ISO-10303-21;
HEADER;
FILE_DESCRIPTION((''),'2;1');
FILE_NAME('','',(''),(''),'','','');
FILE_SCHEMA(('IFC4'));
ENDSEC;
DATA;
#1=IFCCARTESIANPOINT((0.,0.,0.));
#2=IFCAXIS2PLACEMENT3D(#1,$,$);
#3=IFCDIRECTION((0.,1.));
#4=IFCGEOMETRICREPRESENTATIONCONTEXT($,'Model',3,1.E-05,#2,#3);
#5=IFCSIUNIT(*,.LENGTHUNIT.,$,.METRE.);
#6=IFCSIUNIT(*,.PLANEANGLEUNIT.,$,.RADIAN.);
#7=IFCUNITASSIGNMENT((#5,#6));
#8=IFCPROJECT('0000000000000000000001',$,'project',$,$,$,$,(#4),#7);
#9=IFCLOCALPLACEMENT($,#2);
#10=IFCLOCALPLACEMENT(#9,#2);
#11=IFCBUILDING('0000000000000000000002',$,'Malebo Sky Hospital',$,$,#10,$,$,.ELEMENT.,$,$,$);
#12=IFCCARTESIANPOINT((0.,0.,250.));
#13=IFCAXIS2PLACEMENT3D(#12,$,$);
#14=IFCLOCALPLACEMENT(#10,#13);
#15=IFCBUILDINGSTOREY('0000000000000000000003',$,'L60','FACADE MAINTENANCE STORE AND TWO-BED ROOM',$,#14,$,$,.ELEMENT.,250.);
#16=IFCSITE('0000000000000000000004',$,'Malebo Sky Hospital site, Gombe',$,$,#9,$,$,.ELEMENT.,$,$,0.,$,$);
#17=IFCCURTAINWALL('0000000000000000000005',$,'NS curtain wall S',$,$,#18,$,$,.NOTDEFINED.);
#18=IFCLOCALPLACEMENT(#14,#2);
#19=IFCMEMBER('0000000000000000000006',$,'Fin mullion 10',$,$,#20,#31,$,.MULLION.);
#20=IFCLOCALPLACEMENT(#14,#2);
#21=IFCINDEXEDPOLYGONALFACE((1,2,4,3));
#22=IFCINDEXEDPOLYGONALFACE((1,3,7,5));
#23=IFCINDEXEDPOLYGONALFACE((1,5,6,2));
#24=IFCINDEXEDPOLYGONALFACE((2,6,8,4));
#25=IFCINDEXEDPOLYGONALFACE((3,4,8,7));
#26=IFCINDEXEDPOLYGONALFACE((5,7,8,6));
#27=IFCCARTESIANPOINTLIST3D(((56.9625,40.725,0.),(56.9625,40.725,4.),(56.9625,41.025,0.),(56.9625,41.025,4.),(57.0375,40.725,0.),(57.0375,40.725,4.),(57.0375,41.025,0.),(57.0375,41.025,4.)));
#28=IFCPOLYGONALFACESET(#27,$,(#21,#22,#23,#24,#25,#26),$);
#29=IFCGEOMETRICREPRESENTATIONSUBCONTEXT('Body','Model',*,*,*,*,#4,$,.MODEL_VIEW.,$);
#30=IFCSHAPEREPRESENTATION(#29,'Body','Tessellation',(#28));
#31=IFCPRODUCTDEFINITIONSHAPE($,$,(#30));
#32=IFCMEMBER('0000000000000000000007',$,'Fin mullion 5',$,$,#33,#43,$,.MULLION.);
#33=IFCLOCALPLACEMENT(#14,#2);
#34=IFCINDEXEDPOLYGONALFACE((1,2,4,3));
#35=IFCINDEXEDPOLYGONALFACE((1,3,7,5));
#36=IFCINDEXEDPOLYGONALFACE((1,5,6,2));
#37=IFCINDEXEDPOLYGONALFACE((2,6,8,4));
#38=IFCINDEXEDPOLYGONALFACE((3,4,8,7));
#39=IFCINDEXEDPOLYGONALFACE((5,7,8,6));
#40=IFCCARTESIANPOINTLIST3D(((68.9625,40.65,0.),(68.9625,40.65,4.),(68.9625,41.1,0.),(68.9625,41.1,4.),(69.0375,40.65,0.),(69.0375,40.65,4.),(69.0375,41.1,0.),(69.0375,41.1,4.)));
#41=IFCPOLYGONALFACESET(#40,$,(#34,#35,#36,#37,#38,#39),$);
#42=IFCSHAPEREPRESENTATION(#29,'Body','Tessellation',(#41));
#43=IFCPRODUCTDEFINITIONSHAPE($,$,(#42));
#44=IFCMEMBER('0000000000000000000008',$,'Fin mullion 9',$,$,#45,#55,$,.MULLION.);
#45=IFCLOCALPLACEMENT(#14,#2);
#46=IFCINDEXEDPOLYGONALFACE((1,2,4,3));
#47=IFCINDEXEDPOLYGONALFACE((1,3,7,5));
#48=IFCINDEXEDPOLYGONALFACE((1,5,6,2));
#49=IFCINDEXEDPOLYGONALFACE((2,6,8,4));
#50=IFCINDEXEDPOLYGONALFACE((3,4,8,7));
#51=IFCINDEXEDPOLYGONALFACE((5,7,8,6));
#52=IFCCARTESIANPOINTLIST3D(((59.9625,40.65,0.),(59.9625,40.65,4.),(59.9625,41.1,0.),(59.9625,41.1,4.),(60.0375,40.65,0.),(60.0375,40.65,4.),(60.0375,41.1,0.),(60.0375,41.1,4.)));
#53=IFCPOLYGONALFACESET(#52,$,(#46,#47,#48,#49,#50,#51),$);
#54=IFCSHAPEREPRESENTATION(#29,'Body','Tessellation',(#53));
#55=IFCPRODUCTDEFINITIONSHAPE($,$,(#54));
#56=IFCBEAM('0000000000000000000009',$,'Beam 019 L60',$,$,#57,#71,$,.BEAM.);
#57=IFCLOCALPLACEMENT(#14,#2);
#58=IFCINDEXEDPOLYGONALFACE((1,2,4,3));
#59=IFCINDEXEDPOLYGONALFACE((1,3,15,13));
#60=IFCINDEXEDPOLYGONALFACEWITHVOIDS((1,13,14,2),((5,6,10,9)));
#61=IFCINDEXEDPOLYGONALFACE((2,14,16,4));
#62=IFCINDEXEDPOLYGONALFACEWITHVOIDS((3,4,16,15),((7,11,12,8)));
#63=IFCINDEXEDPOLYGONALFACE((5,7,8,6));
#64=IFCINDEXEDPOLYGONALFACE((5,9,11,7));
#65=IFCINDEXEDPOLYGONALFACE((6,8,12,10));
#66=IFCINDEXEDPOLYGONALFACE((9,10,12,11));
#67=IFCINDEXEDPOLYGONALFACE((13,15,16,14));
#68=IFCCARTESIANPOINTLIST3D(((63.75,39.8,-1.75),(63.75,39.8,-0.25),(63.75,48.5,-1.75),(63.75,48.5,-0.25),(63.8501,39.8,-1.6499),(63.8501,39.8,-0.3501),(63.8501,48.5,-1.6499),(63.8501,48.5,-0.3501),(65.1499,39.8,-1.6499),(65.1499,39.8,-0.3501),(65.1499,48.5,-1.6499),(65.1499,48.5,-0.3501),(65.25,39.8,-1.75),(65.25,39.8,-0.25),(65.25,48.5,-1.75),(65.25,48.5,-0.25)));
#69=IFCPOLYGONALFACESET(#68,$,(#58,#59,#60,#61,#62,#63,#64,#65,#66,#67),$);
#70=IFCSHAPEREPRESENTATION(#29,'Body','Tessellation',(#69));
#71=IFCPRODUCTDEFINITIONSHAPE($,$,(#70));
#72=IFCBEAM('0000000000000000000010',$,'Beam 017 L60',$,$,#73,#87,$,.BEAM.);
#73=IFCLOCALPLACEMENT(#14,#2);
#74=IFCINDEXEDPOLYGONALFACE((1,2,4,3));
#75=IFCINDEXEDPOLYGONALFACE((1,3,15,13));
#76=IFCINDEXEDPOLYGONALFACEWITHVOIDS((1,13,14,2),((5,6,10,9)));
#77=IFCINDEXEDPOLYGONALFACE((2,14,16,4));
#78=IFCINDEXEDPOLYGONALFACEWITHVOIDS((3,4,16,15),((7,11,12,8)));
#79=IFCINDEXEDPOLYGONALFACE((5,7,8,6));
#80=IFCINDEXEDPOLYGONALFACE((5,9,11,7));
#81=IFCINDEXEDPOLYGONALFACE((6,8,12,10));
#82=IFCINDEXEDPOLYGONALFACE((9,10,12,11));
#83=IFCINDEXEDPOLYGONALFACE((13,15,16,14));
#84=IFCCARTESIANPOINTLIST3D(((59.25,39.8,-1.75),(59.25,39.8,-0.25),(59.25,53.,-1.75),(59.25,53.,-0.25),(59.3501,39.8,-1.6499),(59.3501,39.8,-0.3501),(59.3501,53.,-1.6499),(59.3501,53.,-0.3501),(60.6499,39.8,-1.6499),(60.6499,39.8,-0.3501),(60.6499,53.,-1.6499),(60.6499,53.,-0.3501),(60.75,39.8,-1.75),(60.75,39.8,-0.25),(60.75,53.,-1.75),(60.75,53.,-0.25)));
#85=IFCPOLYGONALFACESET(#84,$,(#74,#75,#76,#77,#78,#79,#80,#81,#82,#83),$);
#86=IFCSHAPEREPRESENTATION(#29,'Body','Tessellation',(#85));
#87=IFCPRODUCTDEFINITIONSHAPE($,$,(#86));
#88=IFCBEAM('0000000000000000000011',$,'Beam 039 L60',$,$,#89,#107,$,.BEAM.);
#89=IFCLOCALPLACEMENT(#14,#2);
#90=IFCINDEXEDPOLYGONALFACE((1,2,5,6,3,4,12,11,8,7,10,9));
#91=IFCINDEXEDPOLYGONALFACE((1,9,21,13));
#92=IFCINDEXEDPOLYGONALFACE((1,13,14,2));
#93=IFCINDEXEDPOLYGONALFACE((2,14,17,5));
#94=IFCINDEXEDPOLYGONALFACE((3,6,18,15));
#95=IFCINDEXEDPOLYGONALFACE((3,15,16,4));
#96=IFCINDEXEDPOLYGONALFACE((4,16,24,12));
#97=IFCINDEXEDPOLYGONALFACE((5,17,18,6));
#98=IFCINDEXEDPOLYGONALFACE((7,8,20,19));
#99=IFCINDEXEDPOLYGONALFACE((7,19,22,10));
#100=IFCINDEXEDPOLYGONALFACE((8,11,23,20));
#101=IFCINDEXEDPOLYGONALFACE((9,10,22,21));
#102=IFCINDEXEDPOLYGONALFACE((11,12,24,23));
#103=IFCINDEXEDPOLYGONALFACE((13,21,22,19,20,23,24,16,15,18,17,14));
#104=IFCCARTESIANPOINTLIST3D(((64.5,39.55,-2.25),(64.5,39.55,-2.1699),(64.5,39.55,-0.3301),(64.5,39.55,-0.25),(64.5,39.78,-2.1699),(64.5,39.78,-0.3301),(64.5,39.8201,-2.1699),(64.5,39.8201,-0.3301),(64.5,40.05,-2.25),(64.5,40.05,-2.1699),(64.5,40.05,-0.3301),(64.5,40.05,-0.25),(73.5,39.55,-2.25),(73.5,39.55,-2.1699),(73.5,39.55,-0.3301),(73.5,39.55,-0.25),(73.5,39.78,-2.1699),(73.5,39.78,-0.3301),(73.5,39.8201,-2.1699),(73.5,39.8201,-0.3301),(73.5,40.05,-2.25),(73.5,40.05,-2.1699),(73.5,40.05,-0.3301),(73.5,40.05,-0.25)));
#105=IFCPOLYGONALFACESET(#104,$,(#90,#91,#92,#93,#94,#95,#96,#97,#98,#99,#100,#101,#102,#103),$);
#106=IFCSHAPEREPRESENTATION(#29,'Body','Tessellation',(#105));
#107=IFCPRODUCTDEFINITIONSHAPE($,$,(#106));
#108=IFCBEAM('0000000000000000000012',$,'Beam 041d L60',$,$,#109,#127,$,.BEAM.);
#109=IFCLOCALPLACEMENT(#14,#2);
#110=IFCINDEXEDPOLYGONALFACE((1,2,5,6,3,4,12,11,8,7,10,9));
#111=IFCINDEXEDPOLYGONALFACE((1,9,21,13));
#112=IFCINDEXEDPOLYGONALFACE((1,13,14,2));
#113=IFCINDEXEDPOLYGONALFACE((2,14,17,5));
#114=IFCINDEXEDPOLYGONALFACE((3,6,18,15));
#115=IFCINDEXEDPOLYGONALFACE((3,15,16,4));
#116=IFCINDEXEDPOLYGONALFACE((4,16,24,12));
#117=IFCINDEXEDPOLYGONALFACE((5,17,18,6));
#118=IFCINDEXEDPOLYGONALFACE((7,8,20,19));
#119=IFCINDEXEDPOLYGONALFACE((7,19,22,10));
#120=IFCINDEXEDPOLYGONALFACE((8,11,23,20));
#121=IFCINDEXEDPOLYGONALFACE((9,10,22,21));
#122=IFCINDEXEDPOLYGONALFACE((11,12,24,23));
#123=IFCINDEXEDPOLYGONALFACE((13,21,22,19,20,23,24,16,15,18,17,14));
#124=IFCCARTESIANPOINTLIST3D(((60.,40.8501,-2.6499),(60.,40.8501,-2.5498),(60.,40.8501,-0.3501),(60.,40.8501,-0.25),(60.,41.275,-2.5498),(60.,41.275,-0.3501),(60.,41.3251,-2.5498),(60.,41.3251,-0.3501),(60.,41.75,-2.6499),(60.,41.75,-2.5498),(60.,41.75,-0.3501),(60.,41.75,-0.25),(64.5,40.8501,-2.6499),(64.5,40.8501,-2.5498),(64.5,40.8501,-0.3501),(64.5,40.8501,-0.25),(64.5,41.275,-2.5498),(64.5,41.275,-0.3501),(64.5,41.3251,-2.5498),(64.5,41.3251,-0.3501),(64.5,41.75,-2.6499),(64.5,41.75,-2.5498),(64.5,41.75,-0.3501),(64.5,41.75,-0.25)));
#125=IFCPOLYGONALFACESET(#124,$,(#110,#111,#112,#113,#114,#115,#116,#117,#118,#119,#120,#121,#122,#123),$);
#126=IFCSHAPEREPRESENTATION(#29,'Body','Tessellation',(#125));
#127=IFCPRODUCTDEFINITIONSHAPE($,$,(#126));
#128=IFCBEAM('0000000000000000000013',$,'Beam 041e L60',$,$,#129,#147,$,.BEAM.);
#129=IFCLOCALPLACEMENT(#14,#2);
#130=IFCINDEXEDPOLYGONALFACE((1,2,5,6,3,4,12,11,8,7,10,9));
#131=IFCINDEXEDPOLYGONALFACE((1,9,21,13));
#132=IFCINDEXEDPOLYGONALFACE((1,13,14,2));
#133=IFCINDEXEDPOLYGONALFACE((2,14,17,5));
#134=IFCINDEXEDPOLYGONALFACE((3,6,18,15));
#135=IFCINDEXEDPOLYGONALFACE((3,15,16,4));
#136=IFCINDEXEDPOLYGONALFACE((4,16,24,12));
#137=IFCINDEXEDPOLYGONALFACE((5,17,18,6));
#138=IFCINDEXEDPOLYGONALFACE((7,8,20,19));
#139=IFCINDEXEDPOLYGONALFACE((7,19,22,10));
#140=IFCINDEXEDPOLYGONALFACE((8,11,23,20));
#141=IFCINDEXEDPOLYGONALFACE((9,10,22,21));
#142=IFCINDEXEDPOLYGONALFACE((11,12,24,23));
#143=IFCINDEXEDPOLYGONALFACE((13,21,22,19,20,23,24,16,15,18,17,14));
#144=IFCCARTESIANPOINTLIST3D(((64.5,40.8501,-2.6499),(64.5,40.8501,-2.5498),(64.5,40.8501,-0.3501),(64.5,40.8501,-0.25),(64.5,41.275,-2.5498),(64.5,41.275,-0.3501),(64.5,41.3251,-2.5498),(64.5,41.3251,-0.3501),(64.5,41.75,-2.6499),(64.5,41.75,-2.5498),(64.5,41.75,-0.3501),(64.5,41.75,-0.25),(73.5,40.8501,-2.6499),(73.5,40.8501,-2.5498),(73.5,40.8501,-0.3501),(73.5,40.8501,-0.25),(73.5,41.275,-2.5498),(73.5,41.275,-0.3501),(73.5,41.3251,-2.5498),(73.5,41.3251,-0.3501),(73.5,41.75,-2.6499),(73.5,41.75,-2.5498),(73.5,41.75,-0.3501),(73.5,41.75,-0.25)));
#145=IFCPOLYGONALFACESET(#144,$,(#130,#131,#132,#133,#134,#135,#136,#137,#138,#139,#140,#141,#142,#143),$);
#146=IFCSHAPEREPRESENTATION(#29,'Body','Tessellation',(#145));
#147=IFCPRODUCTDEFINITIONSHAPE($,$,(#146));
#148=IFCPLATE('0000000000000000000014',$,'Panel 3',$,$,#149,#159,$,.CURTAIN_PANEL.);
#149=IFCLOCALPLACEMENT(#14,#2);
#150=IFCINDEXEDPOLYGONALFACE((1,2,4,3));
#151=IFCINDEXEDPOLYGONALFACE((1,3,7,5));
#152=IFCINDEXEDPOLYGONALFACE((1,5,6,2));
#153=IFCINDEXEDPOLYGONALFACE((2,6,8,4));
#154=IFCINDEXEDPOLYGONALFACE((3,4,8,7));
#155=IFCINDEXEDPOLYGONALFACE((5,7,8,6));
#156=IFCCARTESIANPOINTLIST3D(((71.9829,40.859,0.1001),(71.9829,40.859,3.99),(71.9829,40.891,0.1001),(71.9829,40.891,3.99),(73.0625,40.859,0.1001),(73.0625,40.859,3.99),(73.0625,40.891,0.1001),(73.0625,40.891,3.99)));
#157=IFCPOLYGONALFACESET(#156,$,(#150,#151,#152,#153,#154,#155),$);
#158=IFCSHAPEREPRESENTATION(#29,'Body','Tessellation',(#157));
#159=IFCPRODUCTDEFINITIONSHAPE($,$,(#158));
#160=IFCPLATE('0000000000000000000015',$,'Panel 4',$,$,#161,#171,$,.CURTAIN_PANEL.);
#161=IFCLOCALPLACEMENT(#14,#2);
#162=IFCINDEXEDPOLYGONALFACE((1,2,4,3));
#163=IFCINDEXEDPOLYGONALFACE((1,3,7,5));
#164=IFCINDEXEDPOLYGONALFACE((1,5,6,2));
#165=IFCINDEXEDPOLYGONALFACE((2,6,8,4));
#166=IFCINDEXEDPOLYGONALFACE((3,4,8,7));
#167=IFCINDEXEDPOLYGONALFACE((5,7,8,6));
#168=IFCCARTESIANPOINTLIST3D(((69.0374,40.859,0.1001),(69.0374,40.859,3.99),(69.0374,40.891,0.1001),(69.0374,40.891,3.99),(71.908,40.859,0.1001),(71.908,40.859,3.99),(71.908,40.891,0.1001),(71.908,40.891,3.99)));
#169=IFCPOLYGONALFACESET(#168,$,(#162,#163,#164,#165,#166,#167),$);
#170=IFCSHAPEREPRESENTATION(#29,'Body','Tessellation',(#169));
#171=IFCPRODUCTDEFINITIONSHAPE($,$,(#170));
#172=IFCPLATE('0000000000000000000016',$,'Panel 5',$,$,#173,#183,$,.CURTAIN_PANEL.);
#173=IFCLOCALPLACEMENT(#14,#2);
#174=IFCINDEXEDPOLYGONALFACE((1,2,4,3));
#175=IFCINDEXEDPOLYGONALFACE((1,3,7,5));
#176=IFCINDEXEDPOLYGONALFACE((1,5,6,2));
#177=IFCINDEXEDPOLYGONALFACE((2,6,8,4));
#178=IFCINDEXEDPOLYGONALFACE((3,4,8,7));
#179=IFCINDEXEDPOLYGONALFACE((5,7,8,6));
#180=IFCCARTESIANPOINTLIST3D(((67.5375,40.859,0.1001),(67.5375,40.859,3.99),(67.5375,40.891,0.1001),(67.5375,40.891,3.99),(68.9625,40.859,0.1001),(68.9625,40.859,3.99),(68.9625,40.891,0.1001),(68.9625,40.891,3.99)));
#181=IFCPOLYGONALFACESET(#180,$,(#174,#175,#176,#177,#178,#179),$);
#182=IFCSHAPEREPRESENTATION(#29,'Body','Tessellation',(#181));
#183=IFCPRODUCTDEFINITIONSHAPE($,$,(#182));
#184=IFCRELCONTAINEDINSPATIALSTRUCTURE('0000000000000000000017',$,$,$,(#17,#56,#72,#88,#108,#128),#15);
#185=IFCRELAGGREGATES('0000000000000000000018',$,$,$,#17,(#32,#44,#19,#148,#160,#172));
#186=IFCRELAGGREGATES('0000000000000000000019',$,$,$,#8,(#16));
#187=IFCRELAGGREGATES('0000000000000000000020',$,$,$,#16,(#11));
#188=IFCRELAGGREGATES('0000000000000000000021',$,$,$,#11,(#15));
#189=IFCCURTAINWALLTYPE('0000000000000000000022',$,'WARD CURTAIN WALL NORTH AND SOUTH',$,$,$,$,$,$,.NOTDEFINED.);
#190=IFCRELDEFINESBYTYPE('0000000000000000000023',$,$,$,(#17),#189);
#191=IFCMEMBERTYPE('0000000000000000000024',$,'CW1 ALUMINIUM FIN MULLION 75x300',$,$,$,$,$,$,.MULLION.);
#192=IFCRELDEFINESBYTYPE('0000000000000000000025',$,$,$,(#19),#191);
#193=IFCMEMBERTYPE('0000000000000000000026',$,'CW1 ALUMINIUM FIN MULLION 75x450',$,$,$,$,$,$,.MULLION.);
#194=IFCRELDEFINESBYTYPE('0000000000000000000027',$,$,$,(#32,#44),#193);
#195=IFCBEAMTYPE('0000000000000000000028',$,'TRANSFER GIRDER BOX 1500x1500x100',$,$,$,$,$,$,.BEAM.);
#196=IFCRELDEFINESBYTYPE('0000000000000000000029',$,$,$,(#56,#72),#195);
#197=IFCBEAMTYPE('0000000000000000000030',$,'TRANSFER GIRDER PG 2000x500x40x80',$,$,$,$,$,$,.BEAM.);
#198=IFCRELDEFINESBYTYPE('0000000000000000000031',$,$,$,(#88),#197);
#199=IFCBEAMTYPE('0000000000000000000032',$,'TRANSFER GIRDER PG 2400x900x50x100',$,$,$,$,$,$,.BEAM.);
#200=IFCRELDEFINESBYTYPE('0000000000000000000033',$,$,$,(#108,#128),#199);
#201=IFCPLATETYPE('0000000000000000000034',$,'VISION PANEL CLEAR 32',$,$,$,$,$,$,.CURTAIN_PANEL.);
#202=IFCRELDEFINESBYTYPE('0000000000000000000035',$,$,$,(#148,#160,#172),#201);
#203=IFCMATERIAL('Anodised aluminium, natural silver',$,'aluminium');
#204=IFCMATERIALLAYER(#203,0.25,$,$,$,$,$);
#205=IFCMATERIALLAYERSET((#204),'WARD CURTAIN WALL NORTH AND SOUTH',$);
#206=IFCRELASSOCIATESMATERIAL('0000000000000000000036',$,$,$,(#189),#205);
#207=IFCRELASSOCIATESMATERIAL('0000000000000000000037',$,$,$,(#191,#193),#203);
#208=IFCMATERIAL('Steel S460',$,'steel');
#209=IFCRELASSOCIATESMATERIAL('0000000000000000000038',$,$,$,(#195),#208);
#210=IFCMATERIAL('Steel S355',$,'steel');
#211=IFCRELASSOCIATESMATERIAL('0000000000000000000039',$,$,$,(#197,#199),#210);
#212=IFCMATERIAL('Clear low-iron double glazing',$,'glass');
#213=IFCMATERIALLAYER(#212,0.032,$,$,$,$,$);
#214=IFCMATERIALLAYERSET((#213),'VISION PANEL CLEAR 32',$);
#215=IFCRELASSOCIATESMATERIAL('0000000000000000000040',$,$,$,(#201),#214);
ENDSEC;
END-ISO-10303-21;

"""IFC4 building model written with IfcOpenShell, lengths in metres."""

from ifc_helpers import new_model, si_unit, direction, frame, origin, origin_2d, place, context, subcontext, project, spatial, rectangle, hollow_rectangle, i_section, extrude, material, layer, layer_set, material_profile, profile_set, type_object, element, aggregate, save


model = new_model("IFC4")

# Units and contexts
model_context = context("Model", 3, precision=1e-05, world=origin(), true_north=direction((0.0, 1.0)))
body_context = subcontext(model_context, "Body", "Model", "MODEL_VIEW")
ifc_project = project(units=[si_unit("LENGTHUNIT", "METRE"), si_unit("PLANEANGLEUNIT", "RADIAN")], contexts=[model_context])

# Site, building, storey
site_placement = place(None, origin())
site = spatial("IfcSite", under=ifc_project, at=site_placement, Name="Malebo Sky Hospital site, Gombe", CompositionType="ELEMENT", RefElevation=0.0)
building_placement = place(site_placement, origin())
building = spatial("IfcBuilding", under=site, at=building_placement, Name="Malebo Sky Hospital", CompositionType="ELEMENT")
storey_placement = place(building_placement, frame((0.0, 0.0, 250.0)))
storey = spatial("IfcBuildingStorey", under=building, at=storey_placement, Name="L60", Description="FACADE MAINTENANCE STORE AND TWO-BED ROOM", CompositionType="ELEMENT", Elevation=250.0)

# Shared definitions
ifc_material_1 = material(Name="Steel S460", Category="steel")

# Curtain wall, members
ifc_material_2 = material(Name="Anodised aluminium, natural silver", Category="aluminium")
ifc_layer_1 = layer(ifc_material_2, 0.25)
ifc_layer_set_1 = layer_set([ifc_layer_1], Name="WARD CURTAIN WALL NORTH AND SOUTH")
curtain_wall_type = type_object("IfcCurtainWallType", Name="WARD CURTAIN WALL NORTH AND SOUTH", PredefinedType="NOTDEFINED", material=ifc_layer_set_1)
curtain_wall_placement = place(storey_placement, origin())
curtain_wall = element("IfcCurtainWall", 1, at=curtain_wall_placement, inside=storey, type_object=curtain_wall_type, Name="NS curtain wall S", PredefinedType="NOTDEFINED")
ifc_material_profile_1 = material_profile(ifc_material_2, rectangle(XDim=0.075, YDim=0.3, at=origin_2d()), Name="CW1 ALUMINIUM FIN MULLION 75x300")
ifc_profile_set_1 = profile_set([ifc_material_profile_1], Name="Anodised aluminium, natural silver")
member_type_1 = type_object("IfcMemberType", Name="CW1 ALUMINIUM FIN MULLION 75x300", PredefinedType="MULLION", material=ifc_profile_set_1)
member_1_placement = place(storey_placement, frame((57.0, 40.875, 0.0), z_axis=(0.0, 0.0, 1.0), x_axis=(-1.0, 0.0, 0.0)))
member_1 = element("IfcMember", 2, at=member_1_placement, type_object=member_type_1, Name="Fin mullion 10", PredefinedType="MULLION", context=body_context, shape_type="SweptSolid", body=[
    extrude(rectangle(XDim=0.075, YDim=0.3, at=origin_2d()), origin(), (0.0, 0.0, 1.0), 4.0),
])
ifc_material_profile_2 = material_profile(ifc_material_2, rectangle(XDim=0.075, YDim=0.45, at=origin_2d()), Name="CW1 ALUMINIUM FIN MULLION 75x450")
ifc_profile_set_2 = profile_set([ifc_material_profile_2], Name="Anodised aluminium, natural silver")
member_type_2 = type_object("IfcMemberType", Name="CW1 ALUMINIUM FIN MULLION 75x450", PredefinedType="MULLION", material=ifc_profile_set_2)
member_2_placement = place(storey_placement, frame((69.0, 40.875, 0.0), z_axis=(0.0, 0.0, 1.0), x_axis=(-1.0, 0.0, 0.0)))
member_2 = element("IfcMember", 3, at=member_2_placement, type_object=member_type_2, Name="Fin mullion 5", PredefinedType="MULLION", context=body_context, shape_type="SweptSolid", body=[
    extrude(rectangle(XDim=0.075, YDim=0.45, at=origin_2d()), origin(), (0.0, 0.0, 1.0), 4.0),
])
member_3_placement = place(storey_placement, frame((60.0, 40.875, 0.0), z_axis=(0.0, 0.0, 1.0), x_axis=(-1.0, 0.0, 0.0)))
member_3 = element("IfcMember", 4, at=member_3_placement, type_object=member_type_2, Name="Fin mullion 9", PredefinedType="MULLION", context=body_context, shape_type="SweptSolid", body=[
    extrude(rectangle(XDim=0.075, YDim=0.45, at=origin_2d()), origin(), (0.0, 0.0, 1.0), 4.0),
])

# Beams
ifc_material_profile_3 = material_profile(ifc_material_1, hollow_rectangle(XDim=1.5, YDim=1.5, WallThickness=0.1001, at=origin_2d()), Name="BOX 1500x1500x100")
ifc_profile_set_3 = profile_set([ifc_material_profile_3], Name="Steel S460")
beam_type_1 = type_object("IfcBeamType", Name="TRANSFER GIRDER BOX 1500x1500x100", PredefinedType="BEAM", material=ifc_profile_set_3)
beam_1_placement = place(storey_placement, frame((64.5, 39.8, -1.0), z_axis=(0.0, 1.0, 0.0), x_axis=(-1.0, 0.0, 0.0)))
element("IfcBeam", 5, at=beam_1_placement, inside=storey, type_object=beam_type_1, Name="Beam 019 L60", PredefinedType="BEAM", context=body_context, shape_type="SweptSolid", body=[
    extrude(hollow_rectangle(XDim=1.5, YDim=1.5, WallThickness=0.1001, at=origin_2d()), origin(), (0.0, 0.0, 1.0), 8.7),
])
beam_2_placement = place(storey_placement, frame((60.0, 39.8, -1.0), z_axis=(0.0, 1.0, 0.0), x_axis=(-1.0, 0.0, 0.0)))
element("IfcBeam", 6, at=beam_2_placement, inside=storey, type_object=beam_type_1, Name="Beam 017 L60", PredefinedType="BEAM", context=body_context, shape_type="SweptSolid", body=[
    extrude(hollow_rectangle(XDim=1.5, YDim=1.5, WallThickness=0.1001, at=origin_2d()), origin(), (0.0, 0.0, 1.0), 13.2),
])
ifc_material_3 = material(Name="Steel S355", Category="steel")
ifc_material_profile_4 = material_profile(ifc_material_3, i_section(OverallWidth=0.5, OverallDepth=2.0, WebThickness=0.04, FlangeThickness=0.0801, at=origin_2d()), Name="PG 2000x500x40x80")
ifc_profile_set_4 = profile_set([ifc_material_profile_4], Name="Steel S355")
beam_type_2 = type_object("IfcBeamType", Name="TRANSFER GIRDER PG 2000x500x40x80", PredefinedType="BEAM", material=ifc_profile_set_4)
beam_3_placement = place(storey_placement, frame((64.5, 39.8, -1.25), z_axis=(1.0, 0.0, 0.0), x_axis=(0.0, 1.0, 0.0)))
element("IfcBeam", 7, at=beam_3_placement, inside=storey, type_object=beam_type_2, Name="Beam 039 L60", PredefinedType="BEAM", context=body_context, shape_type="SweptSolid", body=[
    extrude(i_section(OverallWidth=0.5, OverallDepth=2.0, WebThickness=0.04, FlangeThickness=0.0801, at=origin_2d()), origin(), (0.0, 0.0, 1.0), 9.0),
])
ifc_material_profile_5 = material_profile(ifc_material_3, i_section(OverallWidth=0.8999, OverallDepth=2.3999, WebThickness=0.05, FlangeThickness=0.1001, at=origin_2d()), Name="PG 2400x900x50x100")
ifc_profile_set_5 = profile_set([ifc_material_profile_5], Name="Steel S355")
beam_type_3 = type_object("IfcBeamType", Name="TRANSFER GIRDER PG 2400x900x50x100", PredefinedType="BEAM", material=ifc_profile_set_5)
beam_4_placement = place(storey_placement, frame((60.0, 41.3, -1.45), z_axis=(1.0, 0.0, 0.0), x_axis=(0.0, 1.0, 0.0)))
element("IfcBeam", 8, at=beam_4_placement, inside=storey, type_object=beam_type_3, Name="Beam 041d L60", PredefinedType="BEAM", context=body_context, shape_type="SweptSolid", body=[
    extrude(i_section(OverallWidth=0.8999, OverallDepth=2.3999, WebThickness=0.05, FlangeThickness=0.1001, at=origin_2d()), origin(), (0.0, 0.0, 1.0), 4.5),
])
beam_5_placement = place(storey_placement, frame((64.5, 41.3, -1.45), z_axis=(1.0, 0.0, 0.0), x_axis=(0.0, 1.0, 0.0)))
element("IfcBeam", 9, at=beam_5_placement, inside=storey, type_object=beam_type_3, Name="Beam 041e L60", PredefinedType="BEAM", context=body_context, shape_type="SweptSolid", body=[
    extrude(i_section(OverallWidth=0.8999, OverallDepth=2.3999, WebThickness=0.05, FlangeThickness=0.1001, at=origin_2d()), origin(), (0.0, 0.0, 1.0), 9.0),
])

# Plates
ifc_material_4 = material(Name="Clear low-iron double glazing", Category="glass")
ifc_layer_2 = layer(ifc_material_4, 0.032)
ifc_layer_set_2 = layer_set([ifc_layer_2], Name="VISION PANEL CLEAR 32")
plate_type = type_object("IfcPlateType", Name="VISION PANEL CLEAR 32", PredefinedType="CURTAIN_PANEL", material=ifc_layer_set_2)
plate_1_placement = place(storey_placement, frame((72.5227, 40.875, 0.1001), z_axis=(0.0, 0.0, 1.0), x_axis=(-1.0, 0.0, 0.0)))
plate_1 = element("IfcPlate", 10, at=plate_1_placement, type_object=plate_type, Name="Panel 3", PredefinedType="CURTAIN_PANEL", context=body_context, shape_type="SweptSolid", body=[
    extrude(rectangle(XDim=1.0796, YDim=0.032, at=origin_2d()), origin(), (0.0, 0.0, 1.0), 3.8899),
])
plate_2_placement = place(storey_placement, frame((70.4727, 40.875, 0.1001), z_axis=(0.0, 0.0, 1.0), x_axis=(-1.0, 0.0, 0.0)))
plate_2 = element("IfcPlate", 11, at=plate_2_placement, type_object=plate_type, Name="Panel 4", PredefinedType="CURTAIN_PANEL", context=body_context, shape_type="SweptSolid", body=[
    extrude(rectangle(XDim=2.8706, YDim=0.032, at=origin_2d()), origin(), (0.0, 0.0, 1.0), 3.8899),
])
plate_3_placement = place(storey_placement, frame((68.25, 40.875, 0.1001), z_axis=(0.0, 0.0, 1.0), x_axis=(-1.0, 0.0, 0.0)))
plate_3 = element("IfcPlate", 12, at=plate_3_placement, type_object=plate_type, Name="Panel 5", PredefinedType="CURTAIN_PANEL", context=body_context, shape_type="SweptSolid", body=[
    extrude(rectangle(XDim=1.425, YDim=0.032, at=origin_2d()), origin(), (0.0, 0.0, 1.0), 3.8899),
])
aggregate(curtain_wall, [member_2, member_3, member_1, plate_1, plate_2, plate_3])

save(model, "model.ifc")
